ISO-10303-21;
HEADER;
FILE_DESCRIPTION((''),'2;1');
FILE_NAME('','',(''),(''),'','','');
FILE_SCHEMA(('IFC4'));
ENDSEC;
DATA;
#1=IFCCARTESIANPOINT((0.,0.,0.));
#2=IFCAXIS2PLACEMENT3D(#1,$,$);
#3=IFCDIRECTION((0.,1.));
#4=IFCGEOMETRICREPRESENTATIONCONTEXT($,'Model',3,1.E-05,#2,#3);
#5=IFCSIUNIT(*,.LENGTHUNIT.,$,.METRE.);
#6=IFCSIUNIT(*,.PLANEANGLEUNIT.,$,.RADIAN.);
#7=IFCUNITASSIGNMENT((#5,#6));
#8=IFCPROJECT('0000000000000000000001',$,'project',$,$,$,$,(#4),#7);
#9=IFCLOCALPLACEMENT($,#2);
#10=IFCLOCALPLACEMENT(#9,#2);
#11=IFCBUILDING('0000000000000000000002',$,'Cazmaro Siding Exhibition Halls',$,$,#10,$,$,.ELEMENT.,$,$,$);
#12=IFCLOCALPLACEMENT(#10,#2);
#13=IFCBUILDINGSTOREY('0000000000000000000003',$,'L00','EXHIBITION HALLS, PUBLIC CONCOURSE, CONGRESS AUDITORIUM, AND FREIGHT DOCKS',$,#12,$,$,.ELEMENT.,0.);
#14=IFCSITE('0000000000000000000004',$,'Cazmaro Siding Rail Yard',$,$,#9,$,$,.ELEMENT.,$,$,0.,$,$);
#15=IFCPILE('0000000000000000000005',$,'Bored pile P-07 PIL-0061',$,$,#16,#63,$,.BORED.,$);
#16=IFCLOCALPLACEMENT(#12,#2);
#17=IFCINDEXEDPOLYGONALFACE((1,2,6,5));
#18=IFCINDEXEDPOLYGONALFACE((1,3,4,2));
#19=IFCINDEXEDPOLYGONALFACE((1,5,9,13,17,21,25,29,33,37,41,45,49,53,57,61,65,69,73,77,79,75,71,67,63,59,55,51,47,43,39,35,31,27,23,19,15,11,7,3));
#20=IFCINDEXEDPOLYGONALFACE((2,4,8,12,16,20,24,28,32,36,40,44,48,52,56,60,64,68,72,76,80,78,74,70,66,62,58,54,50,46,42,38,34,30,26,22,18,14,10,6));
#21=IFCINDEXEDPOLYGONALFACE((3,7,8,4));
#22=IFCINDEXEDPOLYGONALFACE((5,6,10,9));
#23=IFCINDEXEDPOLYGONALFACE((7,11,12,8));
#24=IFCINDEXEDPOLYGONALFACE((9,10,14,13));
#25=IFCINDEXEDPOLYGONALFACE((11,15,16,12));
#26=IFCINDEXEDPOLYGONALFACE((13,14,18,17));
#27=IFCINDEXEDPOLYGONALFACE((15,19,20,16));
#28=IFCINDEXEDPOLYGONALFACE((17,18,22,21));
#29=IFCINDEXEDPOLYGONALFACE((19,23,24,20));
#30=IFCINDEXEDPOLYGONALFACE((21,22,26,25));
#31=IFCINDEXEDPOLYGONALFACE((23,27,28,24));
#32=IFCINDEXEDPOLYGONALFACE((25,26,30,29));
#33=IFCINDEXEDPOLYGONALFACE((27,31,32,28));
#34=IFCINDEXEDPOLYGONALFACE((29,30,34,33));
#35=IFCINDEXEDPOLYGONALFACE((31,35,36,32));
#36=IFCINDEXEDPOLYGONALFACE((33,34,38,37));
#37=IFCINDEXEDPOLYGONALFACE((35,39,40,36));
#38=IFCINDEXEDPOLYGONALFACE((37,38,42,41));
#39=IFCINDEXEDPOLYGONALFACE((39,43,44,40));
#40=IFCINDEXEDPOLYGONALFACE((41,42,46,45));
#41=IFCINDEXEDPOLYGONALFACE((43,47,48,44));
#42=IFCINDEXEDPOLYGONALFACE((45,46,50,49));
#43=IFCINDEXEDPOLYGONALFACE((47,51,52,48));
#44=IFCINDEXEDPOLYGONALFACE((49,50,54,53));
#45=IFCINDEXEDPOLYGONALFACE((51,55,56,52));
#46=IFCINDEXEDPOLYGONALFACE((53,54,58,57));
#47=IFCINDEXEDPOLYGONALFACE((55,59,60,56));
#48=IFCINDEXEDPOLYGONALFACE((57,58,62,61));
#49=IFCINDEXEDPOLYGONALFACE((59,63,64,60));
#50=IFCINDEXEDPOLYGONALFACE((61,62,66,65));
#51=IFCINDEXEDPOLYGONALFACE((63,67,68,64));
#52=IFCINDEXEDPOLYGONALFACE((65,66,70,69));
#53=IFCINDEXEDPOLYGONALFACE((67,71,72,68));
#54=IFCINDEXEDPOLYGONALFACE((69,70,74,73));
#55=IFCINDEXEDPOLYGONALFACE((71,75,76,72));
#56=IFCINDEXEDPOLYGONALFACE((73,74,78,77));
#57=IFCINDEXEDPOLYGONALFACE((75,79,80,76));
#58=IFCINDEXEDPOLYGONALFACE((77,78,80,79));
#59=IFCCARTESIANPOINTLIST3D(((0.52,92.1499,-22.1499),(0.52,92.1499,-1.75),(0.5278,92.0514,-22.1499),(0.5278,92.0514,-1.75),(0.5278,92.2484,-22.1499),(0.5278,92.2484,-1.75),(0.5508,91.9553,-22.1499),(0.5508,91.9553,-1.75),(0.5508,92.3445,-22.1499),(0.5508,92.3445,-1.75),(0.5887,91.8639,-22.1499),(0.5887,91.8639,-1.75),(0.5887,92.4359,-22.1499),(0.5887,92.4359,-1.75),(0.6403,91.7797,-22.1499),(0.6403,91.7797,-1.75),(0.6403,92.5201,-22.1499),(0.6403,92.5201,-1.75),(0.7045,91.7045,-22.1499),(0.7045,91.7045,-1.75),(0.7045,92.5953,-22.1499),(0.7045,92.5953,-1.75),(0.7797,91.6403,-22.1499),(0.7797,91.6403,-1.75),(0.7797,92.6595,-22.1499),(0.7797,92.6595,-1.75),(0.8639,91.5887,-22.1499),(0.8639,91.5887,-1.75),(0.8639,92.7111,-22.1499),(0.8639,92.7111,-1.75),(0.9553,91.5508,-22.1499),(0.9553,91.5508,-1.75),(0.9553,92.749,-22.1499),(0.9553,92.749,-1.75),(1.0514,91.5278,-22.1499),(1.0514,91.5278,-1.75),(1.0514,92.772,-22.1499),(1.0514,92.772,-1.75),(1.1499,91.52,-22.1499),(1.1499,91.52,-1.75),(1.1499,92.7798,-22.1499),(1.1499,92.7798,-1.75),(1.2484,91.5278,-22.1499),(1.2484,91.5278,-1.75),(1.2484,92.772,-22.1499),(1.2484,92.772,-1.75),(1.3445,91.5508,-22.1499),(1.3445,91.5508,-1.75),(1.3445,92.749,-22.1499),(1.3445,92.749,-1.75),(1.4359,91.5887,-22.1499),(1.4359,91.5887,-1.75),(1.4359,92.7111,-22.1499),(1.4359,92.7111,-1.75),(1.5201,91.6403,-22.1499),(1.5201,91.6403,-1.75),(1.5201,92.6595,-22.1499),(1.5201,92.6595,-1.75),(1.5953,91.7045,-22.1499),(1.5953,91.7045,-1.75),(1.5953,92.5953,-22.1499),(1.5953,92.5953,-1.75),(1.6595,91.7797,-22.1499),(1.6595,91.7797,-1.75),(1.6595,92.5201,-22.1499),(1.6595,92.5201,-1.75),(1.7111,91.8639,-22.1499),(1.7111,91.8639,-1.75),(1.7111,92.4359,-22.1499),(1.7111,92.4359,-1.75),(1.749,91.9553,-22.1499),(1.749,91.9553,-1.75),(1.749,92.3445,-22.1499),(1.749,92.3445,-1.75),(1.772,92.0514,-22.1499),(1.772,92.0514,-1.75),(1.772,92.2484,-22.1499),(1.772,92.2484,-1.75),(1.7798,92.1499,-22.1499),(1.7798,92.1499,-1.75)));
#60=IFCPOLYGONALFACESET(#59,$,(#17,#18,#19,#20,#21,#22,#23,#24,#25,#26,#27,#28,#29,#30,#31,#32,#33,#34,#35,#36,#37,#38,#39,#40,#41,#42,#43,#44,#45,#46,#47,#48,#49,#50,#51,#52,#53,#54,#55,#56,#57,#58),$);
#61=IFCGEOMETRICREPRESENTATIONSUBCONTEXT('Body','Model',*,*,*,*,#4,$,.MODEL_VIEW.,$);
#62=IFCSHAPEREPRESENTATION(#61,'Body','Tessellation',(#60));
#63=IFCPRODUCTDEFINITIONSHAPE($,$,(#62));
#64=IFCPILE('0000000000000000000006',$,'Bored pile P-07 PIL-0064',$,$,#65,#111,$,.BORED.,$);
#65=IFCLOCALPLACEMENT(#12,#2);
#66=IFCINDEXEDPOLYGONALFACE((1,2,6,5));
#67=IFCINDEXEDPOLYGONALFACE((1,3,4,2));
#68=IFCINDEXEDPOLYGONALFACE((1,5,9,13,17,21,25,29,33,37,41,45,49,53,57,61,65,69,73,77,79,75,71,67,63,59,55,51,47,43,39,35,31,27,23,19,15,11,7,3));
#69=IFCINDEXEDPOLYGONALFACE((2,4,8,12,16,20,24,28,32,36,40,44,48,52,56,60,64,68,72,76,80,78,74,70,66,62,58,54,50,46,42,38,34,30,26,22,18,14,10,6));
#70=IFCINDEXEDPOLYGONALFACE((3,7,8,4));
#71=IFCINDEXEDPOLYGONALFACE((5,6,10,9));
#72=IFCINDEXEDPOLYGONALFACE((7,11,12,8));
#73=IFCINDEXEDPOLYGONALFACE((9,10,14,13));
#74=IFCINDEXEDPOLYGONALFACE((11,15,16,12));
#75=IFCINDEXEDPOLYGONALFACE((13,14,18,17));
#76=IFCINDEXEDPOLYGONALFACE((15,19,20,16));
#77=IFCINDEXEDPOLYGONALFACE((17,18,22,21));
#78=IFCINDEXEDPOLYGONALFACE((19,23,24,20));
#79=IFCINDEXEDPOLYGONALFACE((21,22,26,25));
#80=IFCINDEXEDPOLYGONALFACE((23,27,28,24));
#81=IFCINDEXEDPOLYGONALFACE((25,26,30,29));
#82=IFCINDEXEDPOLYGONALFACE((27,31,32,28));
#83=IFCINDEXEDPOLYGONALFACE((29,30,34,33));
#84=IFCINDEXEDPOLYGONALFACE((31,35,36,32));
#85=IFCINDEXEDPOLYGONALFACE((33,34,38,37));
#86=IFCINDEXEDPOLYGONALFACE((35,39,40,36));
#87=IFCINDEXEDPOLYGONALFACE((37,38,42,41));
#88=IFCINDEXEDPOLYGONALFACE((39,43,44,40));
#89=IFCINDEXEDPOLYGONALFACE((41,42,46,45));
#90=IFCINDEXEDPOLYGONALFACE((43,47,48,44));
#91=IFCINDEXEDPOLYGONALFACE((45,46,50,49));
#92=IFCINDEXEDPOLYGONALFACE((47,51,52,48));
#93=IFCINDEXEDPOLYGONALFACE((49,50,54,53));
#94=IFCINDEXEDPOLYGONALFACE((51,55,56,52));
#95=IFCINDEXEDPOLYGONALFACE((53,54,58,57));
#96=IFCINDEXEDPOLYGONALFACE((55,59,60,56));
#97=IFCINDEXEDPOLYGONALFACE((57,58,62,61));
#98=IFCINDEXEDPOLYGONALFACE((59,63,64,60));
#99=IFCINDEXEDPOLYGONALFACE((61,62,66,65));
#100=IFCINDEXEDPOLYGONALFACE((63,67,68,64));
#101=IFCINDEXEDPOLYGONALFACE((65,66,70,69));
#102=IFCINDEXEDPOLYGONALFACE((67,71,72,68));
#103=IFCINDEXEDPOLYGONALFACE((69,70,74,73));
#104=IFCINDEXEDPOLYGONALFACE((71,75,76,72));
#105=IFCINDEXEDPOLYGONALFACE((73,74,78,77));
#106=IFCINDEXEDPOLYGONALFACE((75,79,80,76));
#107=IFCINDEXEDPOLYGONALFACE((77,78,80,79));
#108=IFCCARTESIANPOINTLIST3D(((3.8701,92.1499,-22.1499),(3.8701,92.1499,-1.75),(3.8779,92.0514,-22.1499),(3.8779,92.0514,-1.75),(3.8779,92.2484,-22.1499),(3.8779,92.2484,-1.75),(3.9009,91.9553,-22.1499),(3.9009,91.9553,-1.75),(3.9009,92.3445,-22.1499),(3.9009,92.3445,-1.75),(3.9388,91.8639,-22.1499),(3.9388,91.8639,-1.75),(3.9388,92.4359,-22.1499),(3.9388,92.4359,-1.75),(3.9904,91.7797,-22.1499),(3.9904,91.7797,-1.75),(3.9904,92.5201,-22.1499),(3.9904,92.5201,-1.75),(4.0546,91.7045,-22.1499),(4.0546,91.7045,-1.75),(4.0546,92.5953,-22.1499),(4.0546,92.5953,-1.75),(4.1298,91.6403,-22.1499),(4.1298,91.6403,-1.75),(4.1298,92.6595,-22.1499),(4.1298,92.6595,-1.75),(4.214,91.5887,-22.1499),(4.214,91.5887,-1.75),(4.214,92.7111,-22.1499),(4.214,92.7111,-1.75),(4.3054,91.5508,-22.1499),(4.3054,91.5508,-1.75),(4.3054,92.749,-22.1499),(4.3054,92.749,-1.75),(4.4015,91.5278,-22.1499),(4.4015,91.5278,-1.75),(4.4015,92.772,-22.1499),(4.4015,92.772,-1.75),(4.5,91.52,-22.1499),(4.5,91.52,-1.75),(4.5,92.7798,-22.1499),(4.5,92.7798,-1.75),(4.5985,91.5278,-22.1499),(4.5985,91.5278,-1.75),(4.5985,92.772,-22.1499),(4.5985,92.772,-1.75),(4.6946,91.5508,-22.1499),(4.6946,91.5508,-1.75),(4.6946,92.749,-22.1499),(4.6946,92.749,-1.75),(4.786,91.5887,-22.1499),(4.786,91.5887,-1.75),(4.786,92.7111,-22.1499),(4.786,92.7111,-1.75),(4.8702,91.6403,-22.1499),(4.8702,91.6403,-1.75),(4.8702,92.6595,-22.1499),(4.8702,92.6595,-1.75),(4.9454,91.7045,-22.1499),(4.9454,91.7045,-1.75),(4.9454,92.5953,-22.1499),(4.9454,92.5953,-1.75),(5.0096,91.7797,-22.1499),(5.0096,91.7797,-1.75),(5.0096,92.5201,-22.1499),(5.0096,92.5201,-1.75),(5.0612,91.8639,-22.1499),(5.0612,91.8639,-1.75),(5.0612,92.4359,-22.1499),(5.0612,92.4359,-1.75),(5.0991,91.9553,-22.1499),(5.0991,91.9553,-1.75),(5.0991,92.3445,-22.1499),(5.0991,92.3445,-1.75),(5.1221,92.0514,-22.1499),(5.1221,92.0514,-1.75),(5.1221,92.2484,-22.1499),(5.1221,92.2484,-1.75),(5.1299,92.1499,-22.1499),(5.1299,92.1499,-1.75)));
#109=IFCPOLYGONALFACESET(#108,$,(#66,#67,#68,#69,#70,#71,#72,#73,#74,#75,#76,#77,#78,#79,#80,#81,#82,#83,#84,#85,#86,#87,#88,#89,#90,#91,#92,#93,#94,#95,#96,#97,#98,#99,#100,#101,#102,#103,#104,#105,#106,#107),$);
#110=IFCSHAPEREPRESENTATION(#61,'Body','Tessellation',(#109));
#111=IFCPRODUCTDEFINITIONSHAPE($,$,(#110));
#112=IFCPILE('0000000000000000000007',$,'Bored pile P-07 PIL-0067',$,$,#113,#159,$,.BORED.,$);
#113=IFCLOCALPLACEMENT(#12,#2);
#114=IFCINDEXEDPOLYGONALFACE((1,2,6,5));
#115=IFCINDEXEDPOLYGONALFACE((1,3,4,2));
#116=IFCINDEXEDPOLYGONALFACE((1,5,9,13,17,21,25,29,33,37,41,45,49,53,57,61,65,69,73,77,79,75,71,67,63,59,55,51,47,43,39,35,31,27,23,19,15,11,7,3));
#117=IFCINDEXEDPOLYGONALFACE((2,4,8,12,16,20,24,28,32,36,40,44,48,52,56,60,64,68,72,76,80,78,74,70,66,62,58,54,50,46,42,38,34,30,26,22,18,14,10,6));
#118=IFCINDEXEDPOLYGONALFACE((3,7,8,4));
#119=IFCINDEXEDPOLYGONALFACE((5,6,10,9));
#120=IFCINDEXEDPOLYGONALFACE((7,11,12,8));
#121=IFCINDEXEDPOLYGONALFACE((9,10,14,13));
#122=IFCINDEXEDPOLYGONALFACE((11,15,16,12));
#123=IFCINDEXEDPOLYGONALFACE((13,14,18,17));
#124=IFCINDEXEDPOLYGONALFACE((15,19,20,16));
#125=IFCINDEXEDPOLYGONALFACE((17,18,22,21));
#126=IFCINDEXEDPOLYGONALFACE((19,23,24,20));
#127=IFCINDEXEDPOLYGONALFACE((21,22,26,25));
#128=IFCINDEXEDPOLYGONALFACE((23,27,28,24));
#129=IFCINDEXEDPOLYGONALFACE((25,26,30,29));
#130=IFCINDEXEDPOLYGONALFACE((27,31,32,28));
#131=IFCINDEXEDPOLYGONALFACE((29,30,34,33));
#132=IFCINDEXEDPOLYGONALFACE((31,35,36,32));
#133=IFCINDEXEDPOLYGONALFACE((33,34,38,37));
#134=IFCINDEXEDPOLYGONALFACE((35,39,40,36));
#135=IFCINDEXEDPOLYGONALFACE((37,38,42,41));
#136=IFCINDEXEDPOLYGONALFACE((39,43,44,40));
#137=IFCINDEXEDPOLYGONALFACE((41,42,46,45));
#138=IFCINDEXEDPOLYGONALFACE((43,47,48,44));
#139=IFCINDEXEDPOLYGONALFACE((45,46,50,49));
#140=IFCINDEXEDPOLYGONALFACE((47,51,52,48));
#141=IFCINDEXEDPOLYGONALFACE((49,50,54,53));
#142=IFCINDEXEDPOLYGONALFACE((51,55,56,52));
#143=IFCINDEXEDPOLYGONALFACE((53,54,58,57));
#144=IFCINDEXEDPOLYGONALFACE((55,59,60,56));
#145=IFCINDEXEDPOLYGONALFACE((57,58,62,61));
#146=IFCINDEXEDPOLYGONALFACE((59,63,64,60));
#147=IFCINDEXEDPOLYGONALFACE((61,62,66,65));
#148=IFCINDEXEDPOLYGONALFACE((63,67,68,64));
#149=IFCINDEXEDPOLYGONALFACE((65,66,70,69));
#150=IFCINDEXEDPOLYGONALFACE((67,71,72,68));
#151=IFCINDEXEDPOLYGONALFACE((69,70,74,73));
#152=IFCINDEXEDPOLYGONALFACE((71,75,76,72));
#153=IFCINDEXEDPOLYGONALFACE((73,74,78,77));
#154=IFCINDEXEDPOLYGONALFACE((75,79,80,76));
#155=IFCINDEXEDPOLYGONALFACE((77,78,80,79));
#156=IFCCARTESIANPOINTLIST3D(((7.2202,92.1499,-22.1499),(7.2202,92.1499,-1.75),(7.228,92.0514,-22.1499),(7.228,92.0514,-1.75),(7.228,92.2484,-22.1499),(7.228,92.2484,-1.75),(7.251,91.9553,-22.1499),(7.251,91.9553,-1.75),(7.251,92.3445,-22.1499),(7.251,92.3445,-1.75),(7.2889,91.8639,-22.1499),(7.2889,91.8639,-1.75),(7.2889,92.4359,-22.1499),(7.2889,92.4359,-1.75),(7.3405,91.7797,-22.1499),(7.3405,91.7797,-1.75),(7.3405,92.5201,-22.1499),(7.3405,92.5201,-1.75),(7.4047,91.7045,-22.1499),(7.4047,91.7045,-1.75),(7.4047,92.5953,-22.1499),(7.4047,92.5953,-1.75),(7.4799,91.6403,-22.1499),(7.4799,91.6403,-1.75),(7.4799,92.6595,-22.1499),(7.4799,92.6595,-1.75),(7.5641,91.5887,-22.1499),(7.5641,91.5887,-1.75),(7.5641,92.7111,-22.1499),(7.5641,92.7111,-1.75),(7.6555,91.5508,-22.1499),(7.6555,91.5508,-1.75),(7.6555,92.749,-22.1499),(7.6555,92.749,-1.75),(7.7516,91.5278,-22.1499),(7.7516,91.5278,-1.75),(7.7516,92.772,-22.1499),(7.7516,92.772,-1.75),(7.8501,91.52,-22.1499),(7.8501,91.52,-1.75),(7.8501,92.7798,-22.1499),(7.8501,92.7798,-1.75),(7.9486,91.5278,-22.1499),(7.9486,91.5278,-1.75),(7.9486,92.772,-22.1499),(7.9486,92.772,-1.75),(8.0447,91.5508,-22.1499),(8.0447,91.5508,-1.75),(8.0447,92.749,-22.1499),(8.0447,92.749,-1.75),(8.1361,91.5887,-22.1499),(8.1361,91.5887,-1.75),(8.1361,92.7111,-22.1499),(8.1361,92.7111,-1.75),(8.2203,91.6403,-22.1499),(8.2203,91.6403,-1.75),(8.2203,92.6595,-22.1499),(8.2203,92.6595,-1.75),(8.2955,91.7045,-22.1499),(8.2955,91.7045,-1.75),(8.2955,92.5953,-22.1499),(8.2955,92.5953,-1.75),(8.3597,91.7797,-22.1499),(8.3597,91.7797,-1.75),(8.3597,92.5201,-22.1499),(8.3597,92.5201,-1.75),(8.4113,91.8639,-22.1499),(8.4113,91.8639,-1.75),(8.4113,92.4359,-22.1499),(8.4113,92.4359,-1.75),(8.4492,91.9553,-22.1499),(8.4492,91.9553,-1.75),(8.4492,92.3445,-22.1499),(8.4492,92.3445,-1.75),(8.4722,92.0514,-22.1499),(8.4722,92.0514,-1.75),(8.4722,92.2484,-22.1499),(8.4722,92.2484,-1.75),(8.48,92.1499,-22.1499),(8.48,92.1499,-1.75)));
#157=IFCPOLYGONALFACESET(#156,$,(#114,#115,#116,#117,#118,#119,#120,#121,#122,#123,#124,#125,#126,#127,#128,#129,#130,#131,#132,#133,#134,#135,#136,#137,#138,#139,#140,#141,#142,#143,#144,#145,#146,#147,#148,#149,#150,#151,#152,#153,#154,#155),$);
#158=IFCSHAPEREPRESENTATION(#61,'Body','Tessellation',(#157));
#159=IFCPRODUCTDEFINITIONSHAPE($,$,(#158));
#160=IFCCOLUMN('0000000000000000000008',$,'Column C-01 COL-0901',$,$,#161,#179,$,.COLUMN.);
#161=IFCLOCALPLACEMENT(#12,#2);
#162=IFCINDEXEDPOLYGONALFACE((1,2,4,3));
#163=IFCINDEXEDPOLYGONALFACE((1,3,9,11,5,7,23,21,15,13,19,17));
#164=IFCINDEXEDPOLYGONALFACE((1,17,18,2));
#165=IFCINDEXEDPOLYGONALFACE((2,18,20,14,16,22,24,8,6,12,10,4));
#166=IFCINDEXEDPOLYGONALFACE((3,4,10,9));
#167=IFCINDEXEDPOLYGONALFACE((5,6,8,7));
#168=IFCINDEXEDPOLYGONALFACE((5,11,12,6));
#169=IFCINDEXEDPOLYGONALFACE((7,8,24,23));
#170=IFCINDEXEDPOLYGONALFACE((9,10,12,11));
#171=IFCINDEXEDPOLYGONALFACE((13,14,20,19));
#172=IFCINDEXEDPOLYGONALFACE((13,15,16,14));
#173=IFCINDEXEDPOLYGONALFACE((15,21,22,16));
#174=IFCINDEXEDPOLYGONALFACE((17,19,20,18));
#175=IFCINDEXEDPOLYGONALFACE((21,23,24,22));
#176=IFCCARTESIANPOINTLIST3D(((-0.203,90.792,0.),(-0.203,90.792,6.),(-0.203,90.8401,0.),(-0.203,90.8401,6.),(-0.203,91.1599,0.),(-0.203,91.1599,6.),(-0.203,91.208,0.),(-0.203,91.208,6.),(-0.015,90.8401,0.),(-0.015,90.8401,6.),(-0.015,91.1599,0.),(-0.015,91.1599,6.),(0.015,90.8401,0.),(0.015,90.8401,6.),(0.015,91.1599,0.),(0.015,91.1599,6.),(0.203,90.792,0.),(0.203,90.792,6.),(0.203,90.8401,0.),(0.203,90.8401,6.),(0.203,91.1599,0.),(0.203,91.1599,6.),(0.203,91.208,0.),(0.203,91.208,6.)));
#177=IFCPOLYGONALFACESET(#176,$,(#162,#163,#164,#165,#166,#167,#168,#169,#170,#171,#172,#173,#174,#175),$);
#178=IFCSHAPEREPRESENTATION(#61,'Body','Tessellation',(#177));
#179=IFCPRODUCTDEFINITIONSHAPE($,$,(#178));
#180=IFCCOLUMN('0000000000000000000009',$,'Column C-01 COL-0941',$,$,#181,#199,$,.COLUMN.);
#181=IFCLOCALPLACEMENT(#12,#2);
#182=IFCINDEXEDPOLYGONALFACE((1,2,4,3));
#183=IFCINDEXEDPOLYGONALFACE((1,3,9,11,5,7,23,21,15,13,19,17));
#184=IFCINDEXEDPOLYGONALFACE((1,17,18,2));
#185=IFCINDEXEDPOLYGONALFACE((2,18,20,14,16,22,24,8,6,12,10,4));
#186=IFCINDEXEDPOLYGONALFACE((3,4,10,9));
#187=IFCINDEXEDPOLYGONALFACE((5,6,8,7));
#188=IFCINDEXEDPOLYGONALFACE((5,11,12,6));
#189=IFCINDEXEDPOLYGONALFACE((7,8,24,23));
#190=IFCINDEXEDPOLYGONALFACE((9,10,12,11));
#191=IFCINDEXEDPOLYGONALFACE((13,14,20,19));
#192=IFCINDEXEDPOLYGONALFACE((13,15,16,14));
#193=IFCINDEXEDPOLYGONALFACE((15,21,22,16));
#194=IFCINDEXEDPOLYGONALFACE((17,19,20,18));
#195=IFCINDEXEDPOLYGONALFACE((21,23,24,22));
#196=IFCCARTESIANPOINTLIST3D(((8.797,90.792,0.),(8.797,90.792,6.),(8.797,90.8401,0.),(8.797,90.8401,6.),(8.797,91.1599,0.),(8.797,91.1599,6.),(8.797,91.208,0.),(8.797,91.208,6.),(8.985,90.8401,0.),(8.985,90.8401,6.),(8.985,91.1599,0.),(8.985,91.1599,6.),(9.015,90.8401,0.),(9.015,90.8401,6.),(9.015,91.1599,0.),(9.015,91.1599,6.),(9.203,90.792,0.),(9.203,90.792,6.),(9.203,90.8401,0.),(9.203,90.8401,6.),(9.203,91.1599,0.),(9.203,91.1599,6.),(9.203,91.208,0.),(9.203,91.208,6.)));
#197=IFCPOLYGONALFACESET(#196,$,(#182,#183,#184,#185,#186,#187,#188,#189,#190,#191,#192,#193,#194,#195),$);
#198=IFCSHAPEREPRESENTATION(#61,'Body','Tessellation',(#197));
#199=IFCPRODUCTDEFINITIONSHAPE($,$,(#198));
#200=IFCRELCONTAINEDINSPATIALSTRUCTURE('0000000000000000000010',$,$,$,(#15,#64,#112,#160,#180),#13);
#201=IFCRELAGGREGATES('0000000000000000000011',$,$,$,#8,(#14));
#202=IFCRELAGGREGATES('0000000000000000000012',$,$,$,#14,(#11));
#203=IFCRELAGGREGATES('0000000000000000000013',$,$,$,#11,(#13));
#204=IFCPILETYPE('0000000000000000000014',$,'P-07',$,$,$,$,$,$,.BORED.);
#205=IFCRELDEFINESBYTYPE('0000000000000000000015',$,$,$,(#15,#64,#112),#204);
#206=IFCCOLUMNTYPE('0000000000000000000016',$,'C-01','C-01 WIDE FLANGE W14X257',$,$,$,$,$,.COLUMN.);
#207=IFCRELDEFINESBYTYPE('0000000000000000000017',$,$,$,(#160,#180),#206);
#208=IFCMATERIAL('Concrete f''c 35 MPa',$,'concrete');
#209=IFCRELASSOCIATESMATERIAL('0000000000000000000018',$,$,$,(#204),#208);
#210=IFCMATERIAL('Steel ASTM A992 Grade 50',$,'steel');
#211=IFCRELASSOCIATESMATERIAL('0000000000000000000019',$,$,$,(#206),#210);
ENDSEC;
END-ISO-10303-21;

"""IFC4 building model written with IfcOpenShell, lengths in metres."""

from ifc_helpers import new_model, si_unit, direction, frame, origin, origin_2d, place, context, subcontext, project, spatial, circle, i_section, extrude, material, material_profile, profile_set, type_object, element, save


model = new_model("IFC4")

# Units and contexts
model_context = context("Model", 3, precision=1e-05, world=origin(), true_north=direction((0.0, 1.0)))
body_context = subcontext(model_context, "Body", "Model", "MODEL_VIEW")
ifc_project = project(units=[si_unit("LENGTHUNIT", "METRE"), si_unit("PLANEANGLEUNIT", "RADIAN")], contexts=[model_context])

# Site, building, storey
site_placement = place(None, origin())
site = spatial("IfcSite", under=ifc_project, at=site_placement, Name="Cazmaro Siding Rail Yard", CompositionType="ELEMENT", RefElevation=0.0)
building_placement = place(site_placement, origin())
building = spatial("IfcBuilding", under=site, at=building_placement, Name="Cazmaro Siding Exhibition Halls", CompositionType="ELEMENT")
storey_placement = place(building_placement, origin())
storey = spatial("IfcBuildingStorey", under=building, at=storey_placement, Name="L00", Description="EXHIBITION HALLS, PUBLIC CONCOURSE, CONGRESS AUDITORIUM, AND FREIGHT DOCKS", CompositionType="ELEMENT", Elevation=0.0)

# Piles
ifc_material_1 = material(Name="Concrete f'c 35 MPa", Category="concrete")
ifc_material_profile_1 = material_profile(ifc_material_1, circle(Radius=0.6299, at=origin_2d()), Name="CIDH-1260")
ifc_profile_set_1 = profile_set([ifc_material_profile_1], Name="Concrete f'c 35 MPa")
pile_type = type_object("IfcPileType", Name="P-07", PredefinedType="BORED", material=ifc_profile_set_1)
for number, where, z_axis, x_axis, name in (
    (1, (1.1499, 92.1499, -1.75), (0.0, 0.0, -1.0), (1.0, 0.0, 0.0), "Bored pile P-07 PIL-0061"),
    (2, (4.5, 92.1499, -1.75), (0.0, 0.0, -1.0), (1.0, 0.0, 0.0), "Bored pile P-07 PIL-0064"),
    (3, (7.8501, 92.1499, -1.75), (0.0, 0.0, -1.0), (1.0, 0.0, 0.0), "Bored pile P-07 PIL-0067"),
):
    element("IfcPile", number, at=place(storey_placement, frame(where, z_axis=z_axis, x_axis=x_axis)), inside=storey, type_object=pile_type, Name=name, PredefinedType="BORED", context=body_context, shape_type="SweptSolid", body=[
        extrude(circle(Radius=0.6299, at=origin_2d()), origin(), (0.0, 0.0, 1.0), 20.3999),
    ])

# Columns
ifc_material_2 = material(Name="Steel ASTM A992 Grade 50", Category="steel")
ifc_material_profile_2 = material_profile(ifc_material_2, i_section(OverallWidth=0.406, OverallDepth=0.416, WebThickness=0.03, FlangeThickness=0.0481, at=origin_2d()), Name="W14X257")
ifc_profile_set_2 = profile_set([ifc_material_profile_2], Name="Steel ASTM A992 Grade 50")
column_type = type_object("IfcColumnType", Name="C-01", Description="C-01 WIDE FLANGE W14X257", PredefinedType="COLUMN", material=ifc_profile_set_2)
for number, where, z_axis, x_axis, name in (
    (4, (0.0, 91.0, 0.0), (0.0, 0.0, 1.0), (1.0, 0.0, 0.0), "Column C-01 COL-0901"),
    (5, (9.0, 91.0, 0.0), (0.0, 0.0, 1.0), (1.0, 0.0, 0.0), "Column C-01 COL-0941"),
):
    element("IfcColumn", number, at=place(storey_placement, frame(where, z_axis=z_axis, x_axis=x_axis)), inside=storey, type_object=column_type, Name=name, PredefinedType="COLUMN", context=body_context, shape_type="SweptSolid", body=[
        extrude(i_section(OverallWidth=0.406, OverallDepth=0.416, WebThickness=0.03, FlangeThickness=0.0481, at=origin_2d()), origin(), (0.0, 0.0, 1.0), 6.0),
    ])

save(model, "model.ifc")
